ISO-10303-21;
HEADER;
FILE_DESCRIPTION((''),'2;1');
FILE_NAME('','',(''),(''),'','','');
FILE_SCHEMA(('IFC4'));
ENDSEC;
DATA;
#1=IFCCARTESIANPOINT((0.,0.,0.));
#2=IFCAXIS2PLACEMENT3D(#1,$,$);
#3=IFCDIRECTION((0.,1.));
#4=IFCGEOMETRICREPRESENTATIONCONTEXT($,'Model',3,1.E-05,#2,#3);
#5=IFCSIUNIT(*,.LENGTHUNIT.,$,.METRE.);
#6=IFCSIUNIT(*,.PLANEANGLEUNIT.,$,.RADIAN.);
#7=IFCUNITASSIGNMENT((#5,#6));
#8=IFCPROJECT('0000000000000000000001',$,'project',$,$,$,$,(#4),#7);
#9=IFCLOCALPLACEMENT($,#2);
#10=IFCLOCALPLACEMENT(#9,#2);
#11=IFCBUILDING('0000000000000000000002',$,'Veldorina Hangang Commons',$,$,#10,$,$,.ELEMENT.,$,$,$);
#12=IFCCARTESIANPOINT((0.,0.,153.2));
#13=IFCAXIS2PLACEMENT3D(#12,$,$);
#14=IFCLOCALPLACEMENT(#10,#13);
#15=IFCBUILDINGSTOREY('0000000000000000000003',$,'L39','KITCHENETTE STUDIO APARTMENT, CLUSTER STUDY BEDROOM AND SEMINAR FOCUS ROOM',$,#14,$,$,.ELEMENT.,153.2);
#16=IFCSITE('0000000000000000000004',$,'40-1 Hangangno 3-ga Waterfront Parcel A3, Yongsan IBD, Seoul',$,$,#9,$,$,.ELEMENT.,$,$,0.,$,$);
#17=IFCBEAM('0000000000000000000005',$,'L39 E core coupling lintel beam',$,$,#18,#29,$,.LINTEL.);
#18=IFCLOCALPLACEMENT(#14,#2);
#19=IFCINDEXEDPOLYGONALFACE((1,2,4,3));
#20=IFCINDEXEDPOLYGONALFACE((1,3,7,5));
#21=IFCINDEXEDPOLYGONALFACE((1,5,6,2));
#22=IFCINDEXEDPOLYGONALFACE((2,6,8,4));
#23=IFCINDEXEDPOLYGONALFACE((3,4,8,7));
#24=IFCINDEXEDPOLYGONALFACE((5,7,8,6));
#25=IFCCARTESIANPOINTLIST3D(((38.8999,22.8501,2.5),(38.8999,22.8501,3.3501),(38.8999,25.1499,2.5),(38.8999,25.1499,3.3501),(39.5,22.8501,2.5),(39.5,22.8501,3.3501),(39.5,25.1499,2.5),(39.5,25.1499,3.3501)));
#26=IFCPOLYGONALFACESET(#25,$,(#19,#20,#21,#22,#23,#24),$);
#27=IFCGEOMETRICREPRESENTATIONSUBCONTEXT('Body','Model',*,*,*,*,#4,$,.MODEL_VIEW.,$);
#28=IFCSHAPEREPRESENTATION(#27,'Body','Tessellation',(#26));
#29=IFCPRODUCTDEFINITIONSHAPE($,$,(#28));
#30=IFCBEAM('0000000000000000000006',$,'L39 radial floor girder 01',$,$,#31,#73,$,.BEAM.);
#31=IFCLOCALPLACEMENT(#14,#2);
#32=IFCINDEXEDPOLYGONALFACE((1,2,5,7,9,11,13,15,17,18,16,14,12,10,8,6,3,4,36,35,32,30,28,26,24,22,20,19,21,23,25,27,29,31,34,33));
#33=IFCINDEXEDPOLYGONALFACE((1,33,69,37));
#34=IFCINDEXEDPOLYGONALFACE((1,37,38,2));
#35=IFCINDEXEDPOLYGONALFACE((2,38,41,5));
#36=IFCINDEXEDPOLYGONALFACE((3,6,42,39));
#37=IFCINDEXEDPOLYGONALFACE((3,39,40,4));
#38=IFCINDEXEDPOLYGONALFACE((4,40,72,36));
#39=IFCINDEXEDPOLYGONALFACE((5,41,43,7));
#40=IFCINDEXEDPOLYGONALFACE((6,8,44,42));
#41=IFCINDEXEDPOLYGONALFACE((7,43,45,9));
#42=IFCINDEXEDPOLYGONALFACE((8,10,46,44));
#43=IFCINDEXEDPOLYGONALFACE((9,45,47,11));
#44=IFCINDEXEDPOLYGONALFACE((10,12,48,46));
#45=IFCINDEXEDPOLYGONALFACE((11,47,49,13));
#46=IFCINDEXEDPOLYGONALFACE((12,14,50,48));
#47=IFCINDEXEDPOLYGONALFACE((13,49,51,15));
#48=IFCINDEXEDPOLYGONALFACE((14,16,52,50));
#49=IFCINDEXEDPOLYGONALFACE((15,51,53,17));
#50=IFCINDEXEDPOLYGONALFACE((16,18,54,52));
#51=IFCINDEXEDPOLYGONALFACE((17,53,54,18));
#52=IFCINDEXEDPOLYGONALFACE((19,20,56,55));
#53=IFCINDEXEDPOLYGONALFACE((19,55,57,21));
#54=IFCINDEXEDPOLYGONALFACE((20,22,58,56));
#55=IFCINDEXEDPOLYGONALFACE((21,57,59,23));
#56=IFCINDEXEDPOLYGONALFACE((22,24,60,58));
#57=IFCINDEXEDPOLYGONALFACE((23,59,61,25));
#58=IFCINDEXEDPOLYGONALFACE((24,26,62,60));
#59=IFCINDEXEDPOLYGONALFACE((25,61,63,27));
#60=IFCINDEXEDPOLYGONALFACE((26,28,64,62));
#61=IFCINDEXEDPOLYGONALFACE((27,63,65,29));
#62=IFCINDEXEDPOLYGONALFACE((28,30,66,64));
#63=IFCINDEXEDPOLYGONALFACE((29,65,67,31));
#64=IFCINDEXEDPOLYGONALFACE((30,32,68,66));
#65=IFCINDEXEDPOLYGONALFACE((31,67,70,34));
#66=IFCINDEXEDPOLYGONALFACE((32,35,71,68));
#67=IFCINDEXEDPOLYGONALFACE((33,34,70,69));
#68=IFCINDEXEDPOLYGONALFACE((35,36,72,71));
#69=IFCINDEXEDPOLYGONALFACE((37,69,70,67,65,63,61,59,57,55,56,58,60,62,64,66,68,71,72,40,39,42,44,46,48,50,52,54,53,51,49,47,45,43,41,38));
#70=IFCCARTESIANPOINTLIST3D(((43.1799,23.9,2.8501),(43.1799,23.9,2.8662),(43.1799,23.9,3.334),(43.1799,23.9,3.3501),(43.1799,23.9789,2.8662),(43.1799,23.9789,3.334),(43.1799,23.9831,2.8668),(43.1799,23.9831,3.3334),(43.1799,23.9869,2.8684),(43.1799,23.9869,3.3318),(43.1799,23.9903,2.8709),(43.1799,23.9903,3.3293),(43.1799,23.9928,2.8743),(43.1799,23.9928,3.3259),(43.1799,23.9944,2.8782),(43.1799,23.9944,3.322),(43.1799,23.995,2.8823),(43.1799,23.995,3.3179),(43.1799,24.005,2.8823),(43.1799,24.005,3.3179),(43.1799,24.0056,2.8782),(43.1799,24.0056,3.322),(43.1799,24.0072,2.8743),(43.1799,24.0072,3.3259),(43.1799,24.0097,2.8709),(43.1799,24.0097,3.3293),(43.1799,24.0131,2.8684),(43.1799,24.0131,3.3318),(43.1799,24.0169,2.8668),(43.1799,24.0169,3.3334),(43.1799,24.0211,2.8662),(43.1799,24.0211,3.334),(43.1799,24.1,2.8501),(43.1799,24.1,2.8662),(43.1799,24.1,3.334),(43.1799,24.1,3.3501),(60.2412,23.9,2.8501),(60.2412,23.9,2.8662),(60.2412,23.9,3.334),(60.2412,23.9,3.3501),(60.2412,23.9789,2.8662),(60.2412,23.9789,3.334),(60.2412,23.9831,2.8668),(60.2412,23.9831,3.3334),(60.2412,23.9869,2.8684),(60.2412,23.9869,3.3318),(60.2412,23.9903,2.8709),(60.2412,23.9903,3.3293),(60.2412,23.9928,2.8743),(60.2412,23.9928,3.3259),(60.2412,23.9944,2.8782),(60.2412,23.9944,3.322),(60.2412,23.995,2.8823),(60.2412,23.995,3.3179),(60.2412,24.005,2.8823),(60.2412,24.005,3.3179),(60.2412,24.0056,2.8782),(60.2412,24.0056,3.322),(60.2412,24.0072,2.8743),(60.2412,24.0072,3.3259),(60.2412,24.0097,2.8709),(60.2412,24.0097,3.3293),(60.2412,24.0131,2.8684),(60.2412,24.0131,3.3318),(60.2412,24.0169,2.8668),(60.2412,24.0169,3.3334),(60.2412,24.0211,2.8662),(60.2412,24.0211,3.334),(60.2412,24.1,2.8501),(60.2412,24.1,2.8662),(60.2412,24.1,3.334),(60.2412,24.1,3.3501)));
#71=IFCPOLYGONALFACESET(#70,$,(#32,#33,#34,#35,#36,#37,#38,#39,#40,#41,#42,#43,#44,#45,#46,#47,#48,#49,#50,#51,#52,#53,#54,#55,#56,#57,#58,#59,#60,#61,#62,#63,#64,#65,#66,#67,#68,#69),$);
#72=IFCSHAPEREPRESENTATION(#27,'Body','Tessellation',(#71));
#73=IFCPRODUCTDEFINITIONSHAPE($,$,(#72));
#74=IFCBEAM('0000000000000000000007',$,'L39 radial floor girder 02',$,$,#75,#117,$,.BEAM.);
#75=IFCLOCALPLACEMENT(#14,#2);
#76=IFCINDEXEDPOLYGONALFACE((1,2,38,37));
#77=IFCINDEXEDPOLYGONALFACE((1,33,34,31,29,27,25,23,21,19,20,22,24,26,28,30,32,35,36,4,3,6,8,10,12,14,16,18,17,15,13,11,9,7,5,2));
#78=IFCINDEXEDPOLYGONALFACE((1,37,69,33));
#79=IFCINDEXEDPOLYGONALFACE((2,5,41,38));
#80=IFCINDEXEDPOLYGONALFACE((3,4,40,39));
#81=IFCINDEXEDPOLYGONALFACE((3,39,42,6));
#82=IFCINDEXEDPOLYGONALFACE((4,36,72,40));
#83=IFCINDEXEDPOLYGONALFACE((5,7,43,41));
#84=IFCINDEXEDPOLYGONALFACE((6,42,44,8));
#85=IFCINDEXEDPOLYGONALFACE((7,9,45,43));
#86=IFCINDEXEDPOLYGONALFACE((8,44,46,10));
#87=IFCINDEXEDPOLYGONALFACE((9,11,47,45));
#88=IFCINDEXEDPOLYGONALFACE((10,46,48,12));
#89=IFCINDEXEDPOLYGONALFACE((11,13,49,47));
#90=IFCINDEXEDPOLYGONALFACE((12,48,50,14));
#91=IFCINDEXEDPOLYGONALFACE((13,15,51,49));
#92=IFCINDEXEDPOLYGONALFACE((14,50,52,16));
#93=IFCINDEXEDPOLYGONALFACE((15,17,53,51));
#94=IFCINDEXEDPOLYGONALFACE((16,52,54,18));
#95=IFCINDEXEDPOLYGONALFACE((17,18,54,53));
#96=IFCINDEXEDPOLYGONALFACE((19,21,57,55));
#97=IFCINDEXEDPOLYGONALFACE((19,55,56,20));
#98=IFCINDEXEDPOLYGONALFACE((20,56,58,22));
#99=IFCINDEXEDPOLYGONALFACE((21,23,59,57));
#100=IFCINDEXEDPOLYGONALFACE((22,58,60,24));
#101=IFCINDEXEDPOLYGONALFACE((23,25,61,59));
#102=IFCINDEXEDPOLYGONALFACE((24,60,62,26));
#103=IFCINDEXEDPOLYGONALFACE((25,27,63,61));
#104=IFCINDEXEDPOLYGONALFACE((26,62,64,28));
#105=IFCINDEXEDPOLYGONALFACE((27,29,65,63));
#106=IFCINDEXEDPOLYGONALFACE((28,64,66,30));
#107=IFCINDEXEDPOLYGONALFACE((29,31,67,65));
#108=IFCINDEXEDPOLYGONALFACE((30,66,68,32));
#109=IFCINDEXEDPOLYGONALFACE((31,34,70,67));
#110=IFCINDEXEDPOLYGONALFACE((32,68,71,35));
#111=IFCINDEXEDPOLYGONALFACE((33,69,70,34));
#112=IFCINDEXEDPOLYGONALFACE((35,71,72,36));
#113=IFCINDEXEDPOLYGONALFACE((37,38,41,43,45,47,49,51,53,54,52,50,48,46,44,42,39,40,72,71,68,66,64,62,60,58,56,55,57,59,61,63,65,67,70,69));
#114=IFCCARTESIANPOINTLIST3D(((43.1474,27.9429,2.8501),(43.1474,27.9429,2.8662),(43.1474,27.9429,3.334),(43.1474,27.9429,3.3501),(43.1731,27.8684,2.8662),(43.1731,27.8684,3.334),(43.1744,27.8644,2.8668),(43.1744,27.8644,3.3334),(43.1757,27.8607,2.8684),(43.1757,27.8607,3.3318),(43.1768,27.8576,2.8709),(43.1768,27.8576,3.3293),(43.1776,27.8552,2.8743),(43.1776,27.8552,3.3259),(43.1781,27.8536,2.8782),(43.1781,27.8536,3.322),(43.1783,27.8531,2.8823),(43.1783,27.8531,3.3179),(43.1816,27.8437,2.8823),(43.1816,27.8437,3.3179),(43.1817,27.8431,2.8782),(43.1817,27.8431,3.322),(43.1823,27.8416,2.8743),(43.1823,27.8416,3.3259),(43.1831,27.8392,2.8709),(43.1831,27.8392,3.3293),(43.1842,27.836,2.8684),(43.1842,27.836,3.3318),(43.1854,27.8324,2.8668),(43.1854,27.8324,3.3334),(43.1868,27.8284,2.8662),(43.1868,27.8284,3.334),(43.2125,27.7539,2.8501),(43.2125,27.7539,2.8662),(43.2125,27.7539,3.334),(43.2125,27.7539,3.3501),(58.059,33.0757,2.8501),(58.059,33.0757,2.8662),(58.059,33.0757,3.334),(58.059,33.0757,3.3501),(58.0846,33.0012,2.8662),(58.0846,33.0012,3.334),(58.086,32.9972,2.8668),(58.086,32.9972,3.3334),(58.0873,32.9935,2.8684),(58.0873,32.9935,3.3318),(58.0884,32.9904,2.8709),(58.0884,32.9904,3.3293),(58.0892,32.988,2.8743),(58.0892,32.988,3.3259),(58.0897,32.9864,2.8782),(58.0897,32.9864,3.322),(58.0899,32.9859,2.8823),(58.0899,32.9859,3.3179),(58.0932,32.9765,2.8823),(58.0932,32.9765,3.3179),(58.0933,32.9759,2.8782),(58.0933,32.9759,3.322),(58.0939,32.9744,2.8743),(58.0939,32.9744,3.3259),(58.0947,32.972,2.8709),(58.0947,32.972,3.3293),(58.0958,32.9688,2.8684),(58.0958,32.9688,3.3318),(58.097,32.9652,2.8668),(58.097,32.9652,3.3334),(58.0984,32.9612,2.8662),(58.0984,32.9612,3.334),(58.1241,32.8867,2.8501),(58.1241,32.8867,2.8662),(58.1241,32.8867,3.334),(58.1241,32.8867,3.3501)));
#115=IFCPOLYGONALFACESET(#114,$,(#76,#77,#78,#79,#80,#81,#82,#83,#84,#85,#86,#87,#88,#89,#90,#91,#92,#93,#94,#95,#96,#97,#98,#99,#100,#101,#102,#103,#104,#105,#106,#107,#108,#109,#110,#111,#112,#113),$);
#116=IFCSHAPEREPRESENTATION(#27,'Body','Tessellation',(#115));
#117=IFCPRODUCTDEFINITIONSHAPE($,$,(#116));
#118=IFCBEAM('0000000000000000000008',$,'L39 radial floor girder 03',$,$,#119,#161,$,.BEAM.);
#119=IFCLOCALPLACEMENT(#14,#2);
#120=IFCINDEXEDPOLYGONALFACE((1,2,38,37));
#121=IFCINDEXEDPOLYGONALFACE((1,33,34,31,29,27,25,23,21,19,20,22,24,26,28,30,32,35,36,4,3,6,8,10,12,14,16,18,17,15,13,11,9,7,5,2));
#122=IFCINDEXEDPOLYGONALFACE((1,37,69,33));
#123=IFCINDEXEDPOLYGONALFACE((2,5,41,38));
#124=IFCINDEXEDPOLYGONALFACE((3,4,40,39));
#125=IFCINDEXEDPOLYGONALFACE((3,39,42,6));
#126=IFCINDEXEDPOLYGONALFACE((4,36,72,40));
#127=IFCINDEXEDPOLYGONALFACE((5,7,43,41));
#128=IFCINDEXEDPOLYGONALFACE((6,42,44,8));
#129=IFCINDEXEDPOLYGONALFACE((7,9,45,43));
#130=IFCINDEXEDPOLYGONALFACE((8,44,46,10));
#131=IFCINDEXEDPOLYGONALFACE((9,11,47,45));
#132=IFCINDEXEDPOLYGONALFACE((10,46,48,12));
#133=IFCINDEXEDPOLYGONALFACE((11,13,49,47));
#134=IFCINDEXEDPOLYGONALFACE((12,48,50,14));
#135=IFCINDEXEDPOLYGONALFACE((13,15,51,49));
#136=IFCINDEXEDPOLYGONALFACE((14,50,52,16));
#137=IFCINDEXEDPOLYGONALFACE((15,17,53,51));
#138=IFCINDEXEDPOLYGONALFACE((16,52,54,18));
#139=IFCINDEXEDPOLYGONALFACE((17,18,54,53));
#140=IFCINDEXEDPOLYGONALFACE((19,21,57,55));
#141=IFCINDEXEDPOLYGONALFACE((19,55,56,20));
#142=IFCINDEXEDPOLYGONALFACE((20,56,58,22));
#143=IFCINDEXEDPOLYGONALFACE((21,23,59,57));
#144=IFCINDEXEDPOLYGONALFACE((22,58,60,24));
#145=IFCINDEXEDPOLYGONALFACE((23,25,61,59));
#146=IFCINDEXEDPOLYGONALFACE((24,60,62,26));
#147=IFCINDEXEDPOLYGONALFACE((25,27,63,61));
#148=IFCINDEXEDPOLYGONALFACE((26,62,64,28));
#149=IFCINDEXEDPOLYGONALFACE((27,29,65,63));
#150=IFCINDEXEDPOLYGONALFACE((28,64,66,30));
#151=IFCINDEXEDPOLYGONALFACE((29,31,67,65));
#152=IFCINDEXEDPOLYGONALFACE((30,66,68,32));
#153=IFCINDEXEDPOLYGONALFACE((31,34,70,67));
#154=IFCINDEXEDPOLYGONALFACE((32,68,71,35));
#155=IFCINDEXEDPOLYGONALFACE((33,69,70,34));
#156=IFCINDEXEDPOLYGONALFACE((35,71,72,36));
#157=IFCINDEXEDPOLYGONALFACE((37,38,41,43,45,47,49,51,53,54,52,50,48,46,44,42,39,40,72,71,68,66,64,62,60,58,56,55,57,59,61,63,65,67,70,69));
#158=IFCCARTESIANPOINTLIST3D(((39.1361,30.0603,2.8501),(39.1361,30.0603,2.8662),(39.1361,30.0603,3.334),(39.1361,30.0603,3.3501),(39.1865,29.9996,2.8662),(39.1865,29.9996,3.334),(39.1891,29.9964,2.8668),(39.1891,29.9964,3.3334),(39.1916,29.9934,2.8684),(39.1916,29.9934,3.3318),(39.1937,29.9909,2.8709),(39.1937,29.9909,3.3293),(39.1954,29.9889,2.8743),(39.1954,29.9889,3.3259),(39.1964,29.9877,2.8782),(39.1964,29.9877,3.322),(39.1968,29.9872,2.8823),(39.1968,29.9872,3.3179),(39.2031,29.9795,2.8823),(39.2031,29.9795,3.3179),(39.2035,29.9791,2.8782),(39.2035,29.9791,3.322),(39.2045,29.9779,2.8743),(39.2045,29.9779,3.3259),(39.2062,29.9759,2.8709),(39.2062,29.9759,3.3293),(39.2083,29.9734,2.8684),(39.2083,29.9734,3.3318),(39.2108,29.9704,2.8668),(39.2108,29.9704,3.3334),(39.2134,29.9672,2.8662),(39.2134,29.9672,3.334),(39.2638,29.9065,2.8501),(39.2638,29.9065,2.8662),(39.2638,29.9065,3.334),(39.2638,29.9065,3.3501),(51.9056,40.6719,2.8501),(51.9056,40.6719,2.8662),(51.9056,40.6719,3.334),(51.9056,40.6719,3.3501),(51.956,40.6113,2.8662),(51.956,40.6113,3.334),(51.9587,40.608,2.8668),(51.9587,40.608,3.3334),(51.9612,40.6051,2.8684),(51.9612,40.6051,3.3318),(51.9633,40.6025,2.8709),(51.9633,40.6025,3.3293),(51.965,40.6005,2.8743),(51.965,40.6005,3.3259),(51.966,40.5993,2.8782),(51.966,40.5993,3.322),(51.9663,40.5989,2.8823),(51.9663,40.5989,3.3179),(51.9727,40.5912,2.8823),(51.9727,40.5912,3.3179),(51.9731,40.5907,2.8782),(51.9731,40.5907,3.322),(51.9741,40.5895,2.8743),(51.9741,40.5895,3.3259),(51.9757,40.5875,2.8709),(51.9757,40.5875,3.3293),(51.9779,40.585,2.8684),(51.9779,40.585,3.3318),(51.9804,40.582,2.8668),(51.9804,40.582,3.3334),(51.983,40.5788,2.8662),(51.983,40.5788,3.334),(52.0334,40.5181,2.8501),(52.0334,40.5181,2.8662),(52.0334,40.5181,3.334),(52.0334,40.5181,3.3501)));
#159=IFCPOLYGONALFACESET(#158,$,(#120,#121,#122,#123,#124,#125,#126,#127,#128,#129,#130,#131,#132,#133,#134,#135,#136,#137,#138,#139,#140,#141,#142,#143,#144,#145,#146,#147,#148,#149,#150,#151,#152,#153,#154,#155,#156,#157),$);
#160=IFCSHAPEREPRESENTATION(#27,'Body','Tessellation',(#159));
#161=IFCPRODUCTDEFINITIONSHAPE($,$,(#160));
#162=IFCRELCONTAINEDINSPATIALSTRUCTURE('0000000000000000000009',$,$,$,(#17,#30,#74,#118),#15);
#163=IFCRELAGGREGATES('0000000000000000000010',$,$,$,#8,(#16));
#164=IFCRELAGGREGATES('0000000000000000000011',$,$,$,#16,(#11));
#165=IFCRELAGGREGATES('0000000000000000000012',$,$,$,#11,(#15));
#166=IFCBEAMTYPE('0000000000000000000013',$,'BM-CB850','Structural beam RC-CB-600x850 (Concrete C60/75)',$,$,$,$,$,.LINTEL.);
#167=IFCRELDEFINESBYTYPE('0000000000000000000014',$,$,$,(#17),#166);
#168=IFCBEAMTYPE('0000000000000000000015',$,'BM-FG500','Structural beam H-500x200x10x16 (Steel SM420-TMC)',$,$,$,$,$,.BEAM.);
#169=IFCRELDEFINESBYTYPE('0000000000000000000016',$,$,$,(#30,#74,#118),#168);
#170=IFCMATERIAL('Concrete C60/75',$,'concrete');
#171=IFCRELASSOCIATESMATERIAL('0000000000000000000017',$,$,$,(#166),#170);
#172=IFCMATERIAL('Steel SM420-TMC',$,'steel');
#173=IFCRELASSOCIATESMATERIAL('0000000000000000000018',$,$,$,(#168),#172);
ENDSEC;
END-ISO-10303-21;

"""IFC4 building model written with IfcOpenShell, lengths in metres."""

from ifc_helpers import new_model, si_unit, direction, frame, origin, origin_2d, place, context, subcontext, project, spatial, rectangle, i_section, extrude, material, material_profile, profile_set, type_object, element, save


model = new_model("IFC4")

# Units and contexts
model_context = context("Model", 3, precision=1e-05, world=origin(), true_north=direction((0.0, 1.0)))
body_context = subcontext(model_context, "Body", "Model", "MODEL_VIEW")
ifc_project = project(units=[si_unit("LENGTHUNIT", "METRE"), si_unit("PLANEANGLEUNIT", "RADIAN")], contexts=[model_context])

# Site, building, storey
site_placement = place(None, origin())
site = spatial("IfcSite", under=ifc_project, at=site_placement, Name="40-1 Hangangno 3-ga Waterfront Parcel A3, Yongsan IBD, Seoul", CompositionType="ELEMENT", RefElevation=0.0)
building_placement = place(site_placement, origin())
building = spatial("IfcBuilding", under=site, at=building_placement, Name="Veldorina Hangang Commons", CompositionType="ELEMENT")
storey_placement = place(building_placement, frame((0.0, 0.0, 153.2)))
storey = spatial("IfcBuildingStorey", under=building, at=storey_placement, Name="L39", Description="KITCHENETTE STUDIO APARTMENT, CLUSTER STUDY BEDROOM AND SEMINAR FOCUS ROOM", CompositionType="ELEMENT", Elevation=153.2)

# Beams
ifc_material_1 = material(Name="Concrete C60/75", Category="concrete")
ifc_material_profile_1 = material_profile(ifc_material_1, rectangle(XDim=0.6001, YDim=0.8501, at=origin_2d()), Name="RC-CB-600x850")
ifc_profile_set_1 = profile_set([ifc_material_profile_1], Name="Concrete C60/75")
beam_type_1 = type_object("IfcBeamType", Name="BM-CB850", Description="Structural beam RC-CB-600x850 (Concrete C60/75)", PredefinedType="LINTEL", material=ifc_profile_set_1)
beam_1_placement = place(storey_placement, frame((39.2, 22.8501, 2.925), z_axis=(0.0, 1.0, 0.0), x_axis=(-1.0, 0.0, 0.0)))
element("IfcBeam", 1, at=beam_1_placement, inside=storey, type_object=beam_type_1, Name="L39 E core coupling lintel beam", PredefinedType="LINTEL", context=body_context, shape_type="SweptSolid", body=[
    extrude(rectangle(XDim=0.6001, YDim=0.8501, at=origin_2d()), origin(), (0.0, 0.0, 1.0), 2.2998),
])
ifc_material_2 = material(Name="Steel SM420-TMC", Category="steel")
ifc_material_profile_2 = material_profile(ifc_material_2, i_section(OverallWidth=0.2, OverallDepth=0.5, WebThickness=0.01, FlangeThickness=0.0161, FilletRadius=0.0161, at=origin_2d()), Name="H-500x200x10x16")
ifc_profile_set_2 = profile_set([ifc_material_profile_2], Name="Steel SM420-TMC")
beam_type_2 = type_object("IfcBeamType", Name="BM-FG500", Description="Structural beam H-500x200x10x16 (Steel SM420-TMC)", PredefinedType="BEAM", material=ifc_profile_set_2)
beam_2_placement = place(storey_placement, frame((43.1799, 24.0, 3.1001), z_axis=(1.0, 0.0, 0.0), x_axis=(0.0, 1.0, 0.0)))
element("IfcBeam", 2, at=beam_2_placement, inside=storey, type_object=beam_type_2, Name="L39 radial floor girder 01", PredefinedType="BEAM", context=body_context, shape_type="SweptSolid", body=[
    extrude(i_section(OverallWidth=0.2, OverallDepth=0.5, WebThickness=0.01, FlangeThickness=0.0161, FilletRadius=0.0161, at=origin_2d()), origin(), (0.0, 0.0, 1.0), 17.0613),
])
beam_3_placement = place(storey_placement, frame((43.1799, 27.8484, 3.1001), z_axis=(0.945551, 0.325473, 0.0), x_axis=(-0.325473, 0.945551, 0.0)))
element("IfcBeam", 3, at=beam_3_placement, inside=storey, type_object=beam_type_2, Name="L39 radial floor girder 02", PredefinedType="BEAM", context=body_context, shape_type="SweptSolid", body=[
    extrude(i_section(OverallWidth=0.2, OverallDepth=0.5, WebThickness=0.01, FlangeThickness=0.0161, FilletRadius=0.0161, at=origin_2d()), origin(), (0.0, 0.0, 1.0), 15.7703),
])
beam_4_placement = place(storey_placement, frame((39.2, 29.9834, 3.1001), z_axis=(0.7691, 0.639128, 0.0), x_axis=(-0.639128, 0.7691, 0.0)))
element("IfcBeam", 4, at=beam_4_placement, inside=storey, type_object=beam_type_2, Name="L39 radial floor girder 03", PredefinedType="BEAM", context=body_context, shape_type="SweptSolid", body=[
    extrude(i_section(OverallWidth=0.2, OverallDepth=0.5, WebThickness=0.01, FlangeThickness=0.0161, FilletRadius=0.0161, at=origin_2d()), origin(), (0.0, 0.0, 1.0), 16.6033),
])

save(model, "model.ifc")
